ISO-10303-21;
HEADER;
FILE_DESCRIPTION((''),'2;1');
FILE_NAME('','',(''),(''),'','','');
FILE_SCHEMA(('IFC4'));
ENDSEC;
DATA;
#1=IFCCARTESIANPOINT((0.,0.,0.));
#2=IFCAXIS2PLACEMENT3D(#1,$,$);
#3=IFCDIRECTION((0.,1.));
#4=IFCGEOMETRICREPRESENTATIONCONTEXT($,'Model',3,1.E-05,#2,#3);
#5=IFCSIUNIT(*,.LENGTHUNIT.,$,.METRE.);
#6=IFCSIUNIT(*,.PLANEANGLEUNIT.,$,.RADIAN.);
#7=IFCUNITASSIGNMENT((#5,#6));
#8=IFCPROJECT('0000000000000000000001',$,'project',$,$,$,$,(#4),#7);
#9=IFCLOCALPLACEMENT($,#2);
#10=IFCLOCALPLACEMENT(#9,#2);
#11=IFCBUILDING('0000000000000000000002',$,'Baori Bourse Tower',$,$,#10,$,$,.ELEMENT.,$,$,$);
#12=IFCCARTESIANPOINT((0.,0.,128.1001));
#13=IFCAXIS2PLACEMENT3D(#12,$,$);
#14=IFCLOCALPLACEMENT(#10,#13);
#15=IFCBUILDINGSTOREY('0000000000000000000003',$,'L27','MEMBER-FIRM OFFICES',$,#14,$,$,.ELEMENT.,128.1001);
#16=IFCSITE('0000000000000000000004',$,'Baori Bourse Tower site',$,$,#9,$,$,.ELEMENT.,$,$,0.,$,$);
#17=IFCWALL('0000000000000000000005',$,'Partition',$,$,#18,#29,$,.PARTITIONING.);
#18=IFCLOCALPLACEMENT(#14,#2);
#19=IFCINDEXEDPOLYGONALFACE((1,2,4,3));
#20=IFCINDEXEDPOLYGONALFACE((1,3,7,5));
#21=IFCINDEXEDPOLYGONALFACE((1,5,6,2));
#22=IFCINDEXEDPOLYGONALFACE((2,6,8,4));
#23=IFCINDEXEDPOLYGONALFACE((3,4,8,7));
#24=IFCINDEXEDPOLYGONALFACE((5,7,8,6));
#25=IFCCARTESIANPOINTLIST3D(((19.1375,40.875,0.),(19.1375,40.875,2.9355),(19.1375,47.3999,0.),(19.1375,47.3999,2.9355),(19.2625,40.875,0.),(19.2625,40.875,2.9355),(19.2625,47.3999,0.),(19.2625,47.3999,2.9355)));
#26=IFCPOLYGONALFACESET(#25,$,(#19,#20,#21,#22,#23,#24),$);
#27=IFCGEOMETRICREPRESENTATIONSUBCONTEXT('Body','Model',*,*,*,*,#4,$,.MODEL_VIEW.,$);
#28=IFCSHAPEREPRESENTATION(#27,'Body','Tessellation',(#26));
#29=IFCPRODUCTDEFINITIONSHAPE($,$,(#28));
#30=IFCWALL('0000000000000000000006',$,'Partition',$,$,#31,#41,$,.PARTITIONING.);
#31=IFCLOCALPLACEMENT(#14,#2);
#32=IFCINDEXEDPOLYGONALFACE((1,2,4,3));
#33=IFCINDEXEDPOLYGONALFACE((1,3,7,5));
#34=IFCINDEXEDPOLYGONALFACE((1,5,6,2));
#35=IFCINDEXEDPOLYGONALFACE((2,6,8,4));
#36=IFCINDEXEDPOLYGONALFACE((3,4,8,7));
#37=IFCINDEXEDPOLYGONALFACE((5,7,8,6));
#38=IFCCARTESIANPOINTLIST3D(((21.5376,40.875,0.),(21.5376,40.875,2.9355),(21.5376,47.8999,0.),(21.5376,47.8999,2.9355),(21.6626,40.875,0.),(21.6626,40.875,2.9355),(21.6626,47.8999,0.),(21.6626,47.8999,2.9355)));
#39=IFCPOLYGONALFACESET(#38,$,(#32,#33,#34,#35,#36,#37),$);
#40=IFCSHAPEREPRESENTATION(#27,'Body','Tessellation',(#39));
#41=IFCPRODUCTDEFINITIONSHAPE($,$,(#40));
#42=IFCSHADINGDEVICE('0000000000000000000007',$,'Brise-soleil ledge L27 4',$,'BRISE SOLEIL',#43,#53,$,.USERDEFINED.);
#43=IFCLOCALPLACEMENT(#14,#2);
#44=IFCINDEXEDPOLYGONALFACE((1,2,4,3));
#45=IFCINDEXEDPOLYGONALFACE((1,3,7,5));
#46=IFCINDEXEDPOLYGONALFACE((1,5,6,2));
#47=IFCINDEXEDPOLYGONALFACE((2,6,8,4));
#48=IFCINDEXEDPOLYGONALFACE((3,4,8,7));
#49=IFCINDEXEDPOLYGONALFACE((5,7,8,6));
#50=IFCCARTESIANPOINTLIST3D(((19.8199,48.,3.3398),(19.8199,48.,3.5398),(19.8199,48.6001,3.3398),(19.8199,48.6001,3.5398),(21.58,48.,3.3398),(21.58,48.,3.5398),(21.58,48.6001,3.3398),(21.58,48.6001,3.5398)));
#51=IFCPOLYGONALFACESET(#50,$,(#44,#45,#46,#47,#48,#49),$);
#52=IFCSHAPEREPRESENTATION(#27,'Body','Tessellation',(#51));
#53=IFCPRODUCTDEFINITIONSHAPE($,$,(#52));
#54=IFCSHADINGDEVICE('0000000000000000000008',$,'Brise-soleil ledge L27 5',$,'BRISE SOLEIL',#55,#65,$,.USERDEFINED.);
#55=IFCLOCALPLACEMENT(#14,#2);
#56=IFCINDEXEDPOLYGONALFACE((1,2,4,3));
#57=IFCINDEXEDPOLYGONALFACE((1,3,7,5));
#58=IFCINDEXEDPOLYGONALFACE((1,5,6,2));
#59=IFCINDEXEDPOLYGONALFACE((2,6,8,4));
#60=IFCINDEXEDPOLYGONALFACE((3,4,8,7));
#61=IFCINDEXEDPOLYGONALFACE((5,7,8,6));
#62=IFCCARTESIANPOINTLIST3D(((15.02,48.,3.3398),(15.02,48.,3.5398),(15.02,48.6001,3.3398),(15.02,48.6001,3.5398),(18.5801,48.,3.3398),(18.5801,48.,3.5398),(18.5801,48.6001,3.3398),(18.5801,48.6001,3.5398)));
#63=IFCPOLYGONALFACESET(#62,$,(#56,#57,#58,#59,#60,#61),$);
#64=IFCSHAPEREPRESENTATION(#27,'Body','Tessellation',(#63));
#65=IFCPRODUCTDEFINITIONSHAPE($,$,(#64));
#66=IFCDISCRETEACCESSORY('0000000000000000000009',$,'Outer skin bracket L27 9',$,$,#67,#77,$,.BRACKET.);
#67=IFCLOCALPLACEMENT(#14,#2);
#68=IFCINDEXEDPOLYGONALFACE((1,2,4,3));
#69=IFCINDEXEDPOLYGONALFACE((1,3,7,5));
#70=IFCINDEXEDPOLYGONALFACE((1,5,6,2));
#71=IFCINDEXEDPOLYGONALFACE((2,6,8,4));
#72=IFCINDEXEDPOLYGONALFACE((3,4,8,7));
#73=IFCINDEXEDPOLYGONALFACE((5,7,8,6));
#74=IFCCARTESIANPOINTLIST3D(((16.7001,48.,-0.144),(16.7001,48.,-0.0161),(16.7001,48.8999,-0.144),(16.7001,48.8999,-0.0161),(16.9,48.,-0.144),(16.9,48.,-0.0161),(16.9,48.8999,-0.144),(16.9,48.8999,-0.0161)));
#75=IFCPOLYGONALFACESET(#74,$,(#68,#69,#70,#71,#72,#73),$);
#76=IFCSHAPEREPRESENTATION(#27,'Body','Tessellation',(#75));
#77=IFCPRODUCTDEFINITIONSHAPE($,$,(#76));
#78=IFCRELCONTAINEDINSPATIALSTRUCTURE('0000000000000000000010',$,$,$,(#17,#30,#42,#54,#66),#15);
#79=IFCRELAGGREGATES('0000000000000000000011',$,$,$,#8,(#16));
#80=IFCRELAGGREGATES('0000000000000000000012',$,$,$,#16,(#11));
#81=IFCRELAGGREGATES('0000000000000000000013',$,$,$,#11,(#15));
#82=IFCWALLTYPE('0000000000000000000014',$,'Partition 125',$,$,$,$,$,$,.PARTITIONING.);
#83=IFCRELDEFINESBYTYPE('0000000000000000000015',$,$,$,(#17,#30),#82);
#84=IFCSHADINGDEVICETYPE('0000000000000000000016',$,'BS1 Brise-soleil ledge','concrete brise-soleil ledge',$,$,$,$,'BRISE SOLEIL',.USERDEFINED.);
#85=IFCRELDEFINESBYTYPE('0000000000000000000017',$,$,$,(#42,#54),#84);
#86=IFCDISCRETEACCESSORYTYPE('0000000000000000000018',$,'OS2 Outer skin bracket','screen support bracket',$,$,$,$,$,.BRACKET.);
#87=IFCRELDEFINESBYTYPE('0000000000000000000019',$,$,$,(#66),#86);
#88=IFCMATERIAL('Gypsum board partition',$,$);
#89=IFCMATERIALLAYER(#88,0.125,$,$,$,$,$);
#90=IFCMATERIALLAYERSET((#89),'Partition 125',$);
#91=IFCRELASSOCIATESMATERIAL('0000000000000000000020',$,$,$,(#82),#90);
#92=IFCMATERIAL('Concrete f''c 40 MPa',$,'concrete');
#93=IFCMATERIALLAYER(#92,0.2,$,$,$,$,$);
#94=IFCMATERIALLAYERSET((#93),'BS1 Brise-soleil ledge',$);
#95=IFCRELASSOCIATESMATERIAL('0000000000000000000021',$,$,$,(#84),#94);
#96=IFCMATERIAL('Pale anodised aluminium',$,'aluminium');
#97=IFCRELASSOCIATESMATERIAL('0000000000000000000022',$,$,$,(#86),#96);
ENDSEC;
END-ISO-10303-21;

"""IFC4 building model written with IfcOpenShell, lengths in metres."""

from ifc_helpers import new_model, si_unit, direction, frame, frame_2d, origin, origin_2d, place, context, subcontext, project, spatial, rectangle, extrude, material, layer, layer_set, type_object, element, save


model = new_model("IFC4")

# Units and contexts
model_context = context("Model", 3, precision=1e-05, world=origin(), true_north=direction((0.0, 1.0)))
body_context = subcontext(model_context, "Body", "Model", "MODEL_VIEW")
ifc_project = project(units=[si_unit("LENGTHUNIT", "METRE"), si_unit("PLANEANGLEUNIT", "RADIAN")], contexts=[model_context])

# Site, building, storey
site_placement = place(None, origin())
site = spatial("IfcSite", under=ifc_project, at=site_placement, Name="Baori Bourse Tower site", CompositionType="ELEMENT", RefElevation=0.0)
building_placement = place(site_placement, origin())
building = spatial("IfcBuilding", under=site, at=building_placement, Name="Baori Bourse Tower", CompositionType="ELEMENT")
storey_placement = place(building_placement, frame((0.0, 0.0, 128.1001)))
storey = spatial("IfcBuildingStorey", under=building, at=storey_placement, Name="L27", Description="MEMBER-FIRM OFFICES", CompositionType="ELEMENT", Elevation=128.1001)

# Walls
ifc_material_1 = material(Name="Gypsum board partition")
ifc_layer_1 = layer(ifc_material_1, 0.125)
ifc_layer_set_1 = layer_set([ifc_layer_1], Name="Partition 125")
wall_type_1 = type_object("IfcWallType", Name="Partition 125", PredefinedType="PARTITIONING", material=ifc_layer_set_1)
wall_1_placement = place(storey_placement, frame((19.2, 40.875, 0.0), z_axis=(0.0, 0.0, 1.0), x_axis=(0.0, 1.0, 0.0)))
element("IfcWall", 1, at=wall_1_placement, inside=storey, type_object=wall_type_1, Name="Partition", PredefinedType="PARTITIONING", context=body_context, shape_type="SweptSolid", body=[
    extrude(rectangle(XDim=6.5249, YDim=0.125, at=frame_2d((3.2625, 0.0))), origin(), (0.0, 0.0, 1.0), 2.9355),
])
wall_2_placement = place(storey_placement, frame((21.6001, 40.875, 0.0), z_axis=(0.0, 0.0, 1.0), x_axis=(0.0, 1.0, 0.0)))
element("IfcWall", 2, at=wall_2_placement, inside=storey, type_object=wall_type_1, Name="Partition", PredefinedType="PARTITIONING", context=body_context, shape_type="SweptSolid", body=[
    extrude(rectangle(XDim=7.0249, YDim=0.125, at=frame_2d((3.5125, 0.0))), origin(), (0.0, 0.0, 1.0), 2.9355),
])

# Shading devices
ifc_material_2 = material(Name="Concrete f'c 40 MPa", Category="concrete")
ifc_layer_2 = layer(ifc_material_2, 0.2)
ifc_layer_set_2 = layer_set([ifc_layer_2], Name="BS1 Brise-soleil ledge")
shading_device_type = type_object("IfcShadingDeviceType", Name="BS1 Brise-soleil ledge", Description="concrete brise-soleil ledge", ElementType="BRISE SOLEIL", PredefinedType="USERDEFINED", material=ifc_layer_set_2)
shading_device_1_placement = place(storey_placement, frame((20.7, 48.3, 3.3398), z_axis=(0.0, 0.0, 1.0), x_axis=(-1.0, 0.0, 0.0)))
element("IfcShadingDevice", 3, at=shading_device_1_placement, inside=storey, type_object=shading_device_type, Name="Brise-soleil ledge L27 4", ObjectType="BRISE SOLEIL", PredefinedType="USERDEFINED", context=body_context, shape_type="SweptSolid", body=[
    extrude(rectangle(XDim=1.76, YDim=0.6001, at=origin_2d()), origin(), (0.0, 0.0, 1.0), 0.2),
])
shading_device_2_placement = place(storey_placement, frame((16.8, 48.3, 3.3398), z_axis=(0.0, 0.0, 1.0), x_axis=(-1.0, 0.0, 0.0)))
element("IfcShadingDevice", 4, at=shading_device_2_placement, inside=storey, type_object=shading_device_type, Name="Brise-soleil ledge L27 5", ObjectType="BRISE SOLEIL", PredefinedType="USERDEFINED", context=body_context, shape_type="SweptSolid", body=[
    extrude(rectangle(XDim=3.5601, YDim=0.6001, at=origin_2d()), origin(), (0.0, 0.0, 1.0), 0.2),
])

# Discrete accessory
ifc_material_3 = material(Name="Pale anodised aluminium", Category="aluminium")
discrete_accessory_type = type_object("IfcDiscreteAccessoryType", Name="OS2 Outer skin bracket", Description="screen support bracket", PredefinedType="BRACKET", material=ifc_material_3)
discrete_accessory_placement = place(storey_placement, frame((16.8, 48.45, -0.144), z_axis=(0.0, 0.0, 1.0), x_axis=(-1.0, 0.0, 0.0)))
element("IfcDiscreteAccessory", 5, at=discrete_accessory_placement, inside=storey, type_object=discrete_accessory_type, Name="Outer skin bracket L27 9", PredefinedType="BRACKET", context=body_context, shape_type="SweptSolid", body=[
    extrude(rectangle(XDim=0.2, YDim=0.8999, at=origin_2d()), origin(), (0.0, 0.0, 1.0), 0.1279),
])

save(model, "model.ifc")
